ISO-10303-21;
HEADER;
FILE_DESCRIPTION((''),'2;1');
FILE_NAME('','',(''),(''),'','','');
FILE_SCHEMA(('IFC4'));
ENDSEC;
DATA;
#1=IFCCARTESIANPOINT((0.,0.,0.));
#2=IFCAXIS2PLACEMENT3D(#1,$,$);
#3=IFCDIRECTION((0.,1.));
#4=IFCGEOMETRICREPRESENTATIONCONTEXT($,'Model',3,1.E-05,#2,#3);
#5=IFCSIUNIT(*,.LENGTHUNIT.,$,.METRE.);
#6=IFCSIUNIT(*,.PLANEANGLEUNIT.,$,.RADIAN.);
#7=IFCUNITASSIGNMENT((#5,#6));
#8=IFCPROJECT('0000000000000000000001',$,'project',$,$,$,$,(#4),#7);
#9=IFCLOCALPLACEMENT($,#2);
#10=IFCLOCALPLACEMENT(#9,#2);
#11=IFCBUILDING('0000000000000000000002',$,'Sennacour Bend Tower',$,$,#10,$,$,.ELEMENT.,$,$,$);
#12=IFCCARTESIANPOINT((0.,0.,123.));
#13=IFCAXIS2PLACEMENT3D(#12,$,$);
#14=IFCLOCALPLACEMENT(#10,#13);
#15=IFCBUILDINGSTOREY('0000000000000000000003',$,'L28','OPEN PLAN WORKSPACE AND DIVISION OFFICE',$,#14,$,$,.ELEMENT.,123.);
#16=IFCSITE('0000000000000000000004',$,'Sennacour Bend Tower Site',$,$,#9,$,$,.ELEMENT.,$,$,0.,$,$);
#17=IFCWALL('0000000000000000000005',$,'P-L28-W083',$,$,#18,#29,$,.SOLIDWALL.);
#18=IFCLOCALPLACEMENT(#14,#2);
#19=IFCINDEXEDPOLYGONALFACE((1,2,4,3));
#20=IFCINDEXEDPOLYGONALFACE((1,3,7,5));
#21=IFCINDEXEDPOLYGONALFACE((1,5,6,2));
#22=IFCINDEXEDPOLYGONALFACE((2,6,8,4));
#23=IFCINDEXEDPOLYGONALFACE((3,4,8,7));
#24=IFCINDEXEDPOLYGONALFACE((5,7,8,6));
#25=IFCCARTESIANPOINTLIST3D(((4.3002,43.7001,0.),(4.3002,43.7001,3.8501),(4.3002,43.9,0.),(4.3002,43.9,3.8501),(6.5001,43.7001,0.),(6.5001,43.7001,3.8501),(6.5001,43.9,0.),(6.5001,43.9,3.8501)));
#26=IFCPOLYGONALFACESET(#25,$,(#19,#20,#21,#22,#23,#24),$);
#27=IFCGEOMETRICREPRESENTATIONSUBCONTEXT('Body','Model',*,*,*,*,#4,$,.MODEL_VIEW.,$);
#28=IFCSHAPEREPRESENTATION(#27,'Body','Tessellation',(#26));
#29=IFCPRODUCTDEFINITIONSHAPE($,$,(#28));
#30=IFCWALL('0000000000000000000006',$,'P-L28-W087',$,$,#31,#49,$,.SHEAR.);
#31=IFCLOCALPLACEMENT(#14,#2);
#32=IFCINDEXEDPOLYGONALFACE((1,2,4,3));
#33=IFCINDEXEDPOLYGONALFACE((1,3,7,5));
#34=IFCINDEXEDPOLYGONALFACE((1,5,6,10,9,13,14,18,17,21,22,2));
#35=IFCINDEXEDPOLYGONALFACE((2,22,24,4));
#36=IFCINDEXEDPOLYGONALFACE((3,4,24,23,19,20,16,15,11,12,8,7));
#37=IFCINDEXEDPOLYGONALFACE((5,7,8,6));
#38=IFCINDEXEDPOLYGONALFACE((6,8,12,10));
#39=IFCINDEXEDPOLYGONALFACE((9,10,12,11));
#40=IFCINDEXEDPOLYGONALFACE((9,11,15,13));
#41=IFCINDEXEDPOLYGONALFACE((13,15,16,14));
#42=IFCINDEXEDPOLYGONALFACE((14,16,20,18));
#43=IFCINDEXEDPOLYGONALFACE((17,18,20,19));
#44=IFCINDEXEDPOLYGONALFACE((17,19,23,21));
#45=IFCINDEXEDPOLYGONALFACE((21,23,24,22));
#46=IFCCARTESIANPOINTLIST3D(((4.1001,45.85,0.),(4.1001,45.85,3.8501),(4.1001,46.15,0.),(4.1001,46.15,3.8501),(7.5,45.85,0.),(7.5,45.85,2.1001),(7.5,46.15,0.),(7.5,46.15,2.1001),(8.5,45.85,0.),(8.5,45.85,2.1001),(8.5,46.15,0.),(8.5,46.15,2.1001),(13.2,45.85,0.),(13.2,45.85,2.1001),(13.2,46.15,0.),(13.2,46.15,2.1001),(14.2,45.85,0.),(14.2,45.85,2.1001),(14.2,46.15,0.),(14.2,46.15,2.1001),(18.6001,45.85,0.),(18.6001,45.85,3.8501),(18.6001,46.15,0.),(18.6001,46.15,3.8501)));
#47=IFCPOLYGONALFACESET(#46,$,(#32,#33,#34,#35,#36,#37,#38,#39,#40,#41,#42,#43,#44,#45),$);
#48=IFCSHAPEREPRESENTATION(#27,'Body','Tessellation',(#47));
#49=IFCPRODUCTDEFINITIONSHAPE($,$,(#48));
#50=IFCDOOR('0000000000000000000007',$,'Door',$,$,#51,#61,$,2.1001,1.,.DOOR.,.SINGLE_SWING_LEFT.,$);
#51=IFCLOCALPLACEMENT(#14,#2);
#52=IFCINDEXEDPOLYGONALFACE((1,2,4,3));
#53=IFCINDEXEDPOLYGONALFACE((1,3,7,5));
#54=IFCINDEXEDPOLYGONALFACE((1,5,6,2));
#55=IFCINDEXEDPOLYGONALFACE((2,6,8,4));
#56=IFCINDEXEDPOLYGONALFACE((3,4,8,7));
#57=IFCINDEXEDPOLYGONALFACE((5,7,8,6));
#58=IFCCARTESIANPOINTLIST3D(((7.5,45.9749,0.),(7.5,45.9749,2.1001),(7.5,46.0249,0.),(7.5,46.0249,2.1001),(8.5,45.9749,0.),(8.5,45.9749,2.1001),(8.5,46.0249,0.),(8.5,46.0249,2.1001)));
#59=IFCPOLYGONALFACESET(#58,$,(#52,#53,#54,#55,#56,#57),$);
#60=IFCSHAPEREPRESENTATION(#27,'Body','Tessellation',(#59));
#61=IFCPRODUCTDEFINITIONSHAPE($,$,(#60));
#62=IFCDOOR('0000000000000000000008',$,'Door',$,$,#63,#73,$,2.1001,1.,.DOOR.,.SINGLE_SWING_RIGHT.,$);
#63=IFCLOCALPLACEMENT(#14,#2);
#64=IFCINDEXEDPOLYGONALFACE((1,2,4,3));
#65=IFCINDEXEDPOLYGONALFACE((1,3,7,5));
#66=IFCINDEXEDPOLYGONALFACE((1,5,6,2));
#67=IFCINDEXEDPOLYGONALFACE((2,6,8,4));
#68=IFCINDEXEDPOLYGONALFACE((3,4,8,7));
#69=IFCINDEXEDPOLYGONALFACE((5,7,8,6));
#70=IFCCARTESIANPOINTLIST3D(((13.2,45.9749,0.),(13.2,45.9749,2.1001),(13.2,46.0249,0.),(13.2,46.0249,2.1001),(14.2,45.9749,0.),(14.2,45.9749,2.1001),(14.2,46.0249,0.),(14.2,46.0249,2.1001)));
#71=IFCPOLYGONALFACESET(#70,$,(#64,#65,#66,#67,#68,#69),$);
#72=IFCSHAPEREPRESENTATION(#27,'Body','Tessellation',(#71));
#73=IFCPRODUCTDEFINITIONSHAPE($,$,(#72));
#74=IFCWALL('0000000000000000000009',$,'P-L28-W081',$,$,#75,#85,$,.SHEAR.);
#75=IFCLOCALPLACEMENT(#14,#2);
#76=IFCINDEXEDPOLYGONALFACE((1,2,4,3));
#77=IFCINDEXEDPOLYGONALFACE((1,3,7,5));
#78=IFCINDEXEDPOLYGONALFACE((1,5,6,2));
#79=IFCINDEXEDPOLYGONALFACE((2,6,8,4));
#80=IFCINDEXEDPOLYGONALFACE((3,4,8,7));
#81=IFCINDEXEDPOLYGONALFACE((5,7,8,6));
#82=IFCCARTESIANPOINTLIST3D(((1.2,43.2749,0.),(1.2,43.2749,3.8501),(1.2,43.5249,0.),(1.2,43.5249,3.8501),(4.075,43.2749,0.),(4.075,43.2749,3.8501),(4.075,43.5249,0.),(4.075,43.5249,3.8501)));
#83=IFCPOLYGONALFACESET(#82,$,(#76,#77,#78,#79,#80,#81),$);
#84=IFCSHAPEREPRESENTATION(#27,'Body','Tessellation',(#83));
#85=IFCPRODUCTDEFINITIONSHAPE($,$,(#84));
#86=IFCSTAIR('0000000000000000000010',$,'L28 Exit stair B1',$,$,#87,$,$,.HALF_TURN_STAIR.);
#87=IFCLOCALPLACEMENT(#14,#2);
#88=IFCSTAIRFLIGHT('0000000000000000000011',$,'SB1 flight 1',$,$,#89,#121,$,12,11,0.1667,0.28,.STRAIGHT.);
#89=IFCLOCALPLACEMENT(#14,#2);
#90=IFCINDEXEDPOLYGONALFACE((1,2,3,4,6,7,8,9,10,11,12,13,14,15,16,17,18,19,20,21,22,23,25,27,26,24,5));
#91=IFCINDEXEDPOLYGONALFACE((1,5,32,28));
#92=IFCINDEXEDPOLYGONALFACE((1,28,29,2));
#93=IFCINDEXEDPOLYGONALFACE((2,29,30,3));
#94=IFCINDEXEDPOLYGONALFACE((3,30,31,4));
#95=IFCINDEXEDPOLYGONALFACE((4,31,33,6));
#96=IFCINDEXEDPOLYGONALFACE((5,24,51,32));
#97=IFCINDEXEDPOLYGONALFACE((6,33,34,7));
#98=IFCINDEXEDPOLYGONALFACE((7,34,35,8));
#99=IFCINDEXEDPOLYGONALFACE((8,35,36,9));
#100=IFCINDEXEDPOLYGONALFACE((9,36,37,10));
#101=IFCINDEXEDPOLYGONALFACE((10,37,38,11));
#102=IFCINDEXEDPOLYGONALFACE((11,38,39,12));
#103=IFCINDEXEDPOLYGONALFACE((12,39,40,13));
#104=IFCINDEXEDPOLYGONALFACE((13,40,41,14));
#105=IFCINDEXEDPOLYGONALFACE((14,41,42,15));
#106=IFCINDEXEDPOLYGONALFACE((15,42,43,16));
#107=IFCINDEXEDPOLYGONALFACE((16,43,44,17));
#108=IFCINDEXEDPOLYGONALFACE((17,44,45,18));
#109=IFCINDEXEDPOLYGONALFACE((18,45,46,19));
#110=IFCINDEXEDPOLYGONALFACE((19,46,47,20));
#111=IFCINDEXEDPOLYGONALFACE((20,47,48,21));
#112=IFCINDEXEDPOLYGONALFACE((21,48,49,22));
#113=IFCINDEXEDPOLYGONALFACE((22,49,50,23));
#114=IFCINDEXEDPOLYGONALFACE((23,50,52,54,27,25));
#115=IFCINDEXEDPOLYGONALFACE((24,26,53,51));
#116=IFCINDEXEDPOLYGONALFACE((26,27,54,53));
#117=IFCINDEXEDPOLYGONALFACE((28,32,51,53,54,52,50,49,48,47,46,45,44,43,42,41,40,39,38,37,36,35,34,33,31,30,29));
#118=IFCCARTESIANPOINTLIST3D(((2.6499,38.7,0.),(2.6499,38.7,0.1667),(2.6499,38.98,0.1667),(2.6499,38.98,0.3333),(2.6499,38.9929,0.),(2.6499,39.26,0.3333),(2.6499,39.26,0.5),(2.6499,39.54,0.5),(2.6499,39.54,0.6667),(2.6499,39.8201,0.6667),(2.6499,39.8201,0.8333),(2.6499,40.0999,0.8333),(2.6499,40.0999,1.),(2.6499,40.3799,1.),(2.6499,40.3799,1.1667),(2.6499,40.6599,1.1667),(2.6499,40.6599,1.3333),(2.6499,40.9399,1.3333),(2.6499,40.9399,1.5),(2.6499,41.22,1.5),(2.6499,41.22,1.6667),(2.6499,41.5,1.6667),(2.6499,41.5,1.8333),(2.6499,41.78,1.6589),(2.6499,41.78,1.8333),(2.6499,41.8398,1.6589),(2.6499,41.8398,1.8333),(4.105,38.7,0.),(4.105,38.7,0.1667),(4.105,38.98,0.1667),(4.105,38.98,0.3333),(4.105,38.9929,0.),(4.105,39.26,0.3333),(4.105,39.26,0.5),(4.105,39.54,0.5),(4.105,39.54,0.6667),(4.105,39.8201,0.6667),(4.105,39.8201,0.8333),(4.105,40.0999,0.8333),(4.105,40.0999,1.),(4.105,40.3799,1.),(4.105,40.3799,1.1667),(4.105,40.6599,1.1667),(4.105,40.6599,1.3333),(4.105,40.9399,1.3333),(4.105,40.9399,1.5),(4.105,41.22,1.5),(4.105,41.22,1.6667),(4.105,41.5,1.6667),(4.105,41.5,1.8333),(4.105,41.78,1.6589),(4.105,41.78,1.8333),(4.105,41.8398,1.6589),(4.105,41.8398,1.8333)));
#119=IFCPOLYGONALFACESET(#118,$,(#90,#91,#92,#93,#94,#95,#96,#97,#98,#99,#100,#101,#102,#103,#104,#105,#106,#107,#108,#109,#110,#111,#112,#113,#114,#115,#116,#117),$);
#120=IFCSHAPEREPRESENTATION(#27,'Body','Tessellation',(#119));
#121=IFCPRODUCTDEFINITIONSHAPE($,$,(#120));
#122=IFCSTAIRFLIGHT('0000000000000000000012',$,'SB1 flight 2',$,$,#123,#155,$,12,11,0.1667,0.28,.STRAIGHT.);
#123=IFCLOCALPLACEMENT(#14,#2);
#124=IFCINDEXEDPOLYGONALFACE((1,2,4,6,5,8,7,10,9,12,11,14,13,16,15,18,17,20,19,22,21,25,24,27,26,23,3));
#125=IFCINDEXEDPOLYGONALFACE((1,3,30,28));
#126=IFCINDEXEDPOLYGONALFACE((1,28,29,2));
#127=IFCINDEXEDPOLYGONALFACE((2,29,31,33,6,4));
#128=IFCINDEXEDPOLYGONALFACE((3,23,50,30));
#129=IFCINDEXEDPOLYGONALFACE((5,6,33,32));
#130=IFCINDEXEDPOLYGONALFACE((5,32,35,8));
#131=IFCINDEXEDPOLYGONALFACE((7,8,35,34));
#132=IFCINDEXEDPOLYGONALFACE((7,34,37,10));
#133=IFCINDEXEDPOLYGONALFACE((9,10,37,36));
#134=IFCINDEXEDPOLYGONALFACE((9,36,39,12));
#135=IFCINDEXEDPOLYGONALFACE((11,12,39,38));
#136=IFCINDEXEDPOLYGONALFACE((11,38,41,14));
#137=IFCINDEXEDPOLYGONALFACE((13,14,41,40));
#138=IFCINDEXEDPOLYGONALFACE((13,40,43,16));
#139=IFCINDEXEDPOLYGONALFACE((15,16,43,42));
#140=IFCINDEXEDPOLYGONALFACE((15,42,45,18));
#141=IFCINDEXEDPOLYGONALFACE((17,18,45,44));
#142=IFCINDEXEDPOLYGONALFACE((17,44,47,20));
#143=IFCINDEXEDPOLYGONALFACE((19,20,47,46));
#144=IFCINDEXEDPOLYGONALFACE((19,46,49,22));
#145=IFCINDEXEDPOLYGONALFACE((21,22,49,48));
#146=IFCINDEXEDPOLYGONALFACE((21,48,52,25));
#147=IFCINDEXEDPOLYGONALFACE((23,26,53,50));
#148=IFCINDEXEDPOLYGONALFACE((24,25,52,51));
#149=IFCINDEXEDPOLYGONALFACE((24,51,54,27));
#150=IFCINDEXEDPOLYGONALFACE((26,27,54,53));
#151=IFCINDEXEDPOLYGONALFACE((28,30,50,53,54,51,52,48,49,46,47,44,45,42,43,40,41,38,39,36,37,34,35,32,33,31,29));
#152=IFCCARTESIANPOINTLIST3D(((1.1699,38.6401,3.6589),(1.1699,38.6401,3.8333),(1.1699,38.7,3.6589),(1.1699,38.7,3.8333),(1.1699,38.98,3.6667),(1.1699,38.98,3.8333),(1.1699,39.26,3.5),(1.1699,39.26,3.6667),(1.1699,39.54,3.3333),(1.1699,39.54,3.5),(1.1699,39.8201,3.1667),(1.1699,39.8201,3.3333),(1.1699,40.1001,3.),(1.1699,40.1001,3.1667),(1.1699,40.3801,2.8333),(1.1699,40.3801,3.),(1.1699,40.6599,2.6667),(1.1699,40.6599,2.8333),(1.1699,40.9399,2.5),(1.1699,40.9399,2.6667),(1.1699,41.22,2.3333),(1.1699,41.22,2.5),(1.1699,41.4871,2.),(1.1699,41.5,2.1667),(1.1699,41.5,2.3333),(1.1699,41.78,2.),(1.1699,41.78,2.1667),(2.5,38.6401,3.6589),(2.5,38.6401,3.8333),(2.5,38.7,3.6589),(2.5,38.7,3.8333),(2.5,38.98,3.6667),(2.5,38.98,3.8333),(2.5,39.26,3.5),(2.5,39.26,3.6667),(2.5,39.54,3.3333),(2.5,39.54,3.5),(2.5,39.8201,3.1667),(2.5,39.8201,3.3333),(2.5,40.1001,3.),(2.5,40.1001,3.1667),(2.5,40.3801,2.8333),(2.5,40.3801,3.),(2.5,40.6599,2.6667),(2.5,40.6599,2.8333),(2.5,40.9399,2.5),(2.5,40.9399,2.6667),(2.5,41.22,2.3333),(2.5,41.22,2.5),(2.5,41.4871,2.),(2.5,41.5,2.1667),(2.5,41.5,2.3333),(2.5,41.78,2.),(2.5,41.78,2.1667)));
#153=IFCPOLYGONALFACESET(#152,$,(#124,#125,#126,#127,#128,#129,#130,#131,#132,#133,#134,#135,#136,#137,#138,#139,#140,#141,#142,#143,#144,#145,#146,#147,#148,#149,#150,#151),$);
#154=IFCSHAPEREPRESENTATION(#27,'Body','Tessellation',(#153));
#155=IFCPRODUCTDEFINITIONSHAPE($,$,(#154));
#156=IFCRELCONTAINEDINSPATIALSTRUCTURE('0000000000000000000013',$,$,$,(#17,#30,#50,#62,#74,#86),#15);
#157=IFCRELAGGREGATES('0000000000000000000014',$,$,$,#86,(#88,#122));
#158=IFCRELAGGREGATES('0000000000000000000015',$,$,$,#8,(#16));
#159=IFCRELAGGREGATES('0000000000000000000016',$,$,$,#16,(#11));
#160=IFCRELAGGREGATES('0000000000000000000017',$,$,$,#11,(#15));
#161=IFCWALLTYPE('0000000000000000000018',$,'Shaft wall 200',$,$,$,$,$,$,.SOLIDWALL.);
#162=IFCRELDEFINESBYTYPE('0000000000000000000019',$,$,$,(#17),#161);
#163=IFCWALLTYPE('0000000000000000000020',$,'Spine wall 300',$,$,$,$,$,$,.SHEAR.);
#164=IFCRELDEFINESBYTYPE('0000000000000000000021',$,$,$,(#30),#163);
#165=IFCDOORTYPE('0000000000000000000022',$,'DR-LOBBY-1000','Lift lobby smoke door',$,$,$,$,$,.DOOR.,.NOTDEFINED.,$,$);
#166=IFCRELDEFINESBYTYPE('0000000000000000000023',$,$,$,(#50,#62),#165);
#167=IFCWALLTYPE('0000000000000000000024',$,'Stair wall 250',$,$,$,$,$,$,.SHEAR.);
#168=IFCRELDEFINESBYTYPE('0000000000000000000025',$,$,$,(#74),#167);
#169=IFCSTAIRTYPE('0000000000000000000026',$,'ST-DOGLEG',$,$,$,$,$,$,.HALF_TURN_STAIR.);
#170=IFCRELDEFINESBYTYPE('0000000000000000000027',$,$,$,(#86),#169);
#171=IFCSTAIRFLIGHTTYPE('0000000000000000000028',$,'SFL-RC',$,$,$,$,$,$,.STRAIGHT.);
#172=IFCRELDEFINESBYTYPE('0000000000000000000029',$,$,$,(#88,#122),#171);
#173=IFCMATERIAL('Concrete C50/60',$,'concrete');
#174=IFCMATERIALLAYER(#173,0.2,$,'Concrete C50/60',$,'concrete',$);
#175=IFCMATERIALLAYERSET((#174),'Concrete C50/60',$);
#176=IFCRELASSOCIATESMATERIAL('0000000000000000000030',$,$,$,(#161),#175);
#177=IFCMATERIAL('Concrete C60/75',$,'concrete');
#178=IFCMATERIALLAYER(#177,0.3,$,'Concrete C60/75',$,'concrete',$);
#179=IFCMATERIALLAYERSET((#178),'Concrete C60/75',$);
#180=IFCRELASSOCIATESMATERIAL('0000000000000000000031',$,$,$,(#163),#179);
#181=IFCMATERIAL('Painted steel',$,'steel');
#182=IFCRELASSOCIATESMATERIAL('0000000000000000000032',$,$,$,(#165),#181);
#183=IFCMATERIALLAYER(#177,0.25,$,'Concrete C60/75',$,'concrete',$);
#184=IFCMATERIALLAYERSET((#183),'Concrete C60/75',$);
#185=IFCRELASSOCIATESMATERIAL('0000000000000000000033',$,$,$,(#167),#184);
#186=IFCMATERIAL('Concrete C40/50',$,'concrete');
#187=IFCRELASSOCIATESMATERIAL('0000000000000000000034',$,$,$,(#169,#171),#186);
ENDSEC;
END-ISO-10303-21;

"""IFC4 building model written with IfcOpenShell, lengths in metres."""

from ifc_helpers import new_model, si_unit, direction, frame, frame_2d, origin, place, context, subcontext, project, spatial, polyline, rectangle, outline, extrude, material, layer, layer_set, type_object, element, fill, aggregate, save


model = new_model("IFC4")

# Units and contexts
model_context = context("Model", 3, precision=1e-05, world=origin(), true_north=direction((0.0, 1.0)))
body_context = subcontext(model_context, "Body", "Model", "MODEL_VIEW")
ifc_project = project(units=[si_unit("LENGTHUNIT", "METRE"), si_unit("PLANEANGLEUNIT", "RADIAN")], contexts=[model_context])

# Site, building, storey
site_placement = place(None, origin())
site = spatial("IfcSite", under=ifc_project, at=site_placement, Name="Sennacour Bend Tower Site", CompositionType="ELEMENT", RefElevation=0.0)
building_placement = place(site_placement, origin())
building = spatial("IfcBuilding", under=site, at=building_placement, Name="Sennacour Bend Tower", CompositionType="ELEMENT")
storey_placement = place(building_placement, frame((0.0, 0.0, 123.0)))
storey = spatial("IfcBuildingStorey", under=building, at=storey_placement, Name="L28", Description="OPEN PLAN WORKSPACE AND DIVISION OFFICE", CompositionType="ELEMENT", Elevation=123.0)

# Shared definitions
ifc_material_1 = material(Name="Painted steel", Category="steel")

# Wall
ifc_material_2 = material(Name="Concrete C50/60", Category="concrete")
ifc_layer_1 = layer(ifc_material_2, 0.2, Name="Concrete C50/60", Category="concrete")
ifc_layer_set_1 = layer_set([ifc_layer_1], Name="Concrete C50/60")
wall_type_1 = type_object("IfcWallType", Name="Shaft wall 200", PredefinedType="SOLIDWALL", material=ifc_layer_set_1)
wall_1_placement = place(storey_placement, frame((4.3, 43.8, 0.0), z_axis=(0.0, 0.0, 1.0), x_axis=(1.0, 0.0, 0.0)))
element("IfcWall", 1, at=wall_1_placement, inside=storey, type_object=wall_type_1, Name="P-L28-W083", PredefinedType="SOLIDWALL", context=body_context, shape_type="SweptSolid", body=[
    extrude(rectangle(XDim=2.2, YDim=0.2, at=frame_2d((1.1001, 0.0))), origin(), (0.0, 0.0, 1.0), 3.8501),
])

# Wall, openings, doors
ifc_material_3 = material(Name="Concrete C60/75", Category="concrete")
ifc_layer_2 = layer(ifc_material_3, 0.3, Name="Concrete C60/75", Category="concrete")
ifc_layer_set_2 = layer_set([ifc_layer_2], Name="Concrete C60/75")
wall_type_2 = type_object("IfcWallType", Name="Spine wall 300", PredefinedType="SHEAR", material=ifc_layer_set_2)
wall_2_placement = place(storey_placement, frame((4.1001, 46.0, 0.0), z_axis=(0.0, 0.0, 1.0), x_axis=(1.0, 0.0, 0.0)))
wall_2 = element("IfcWall", 2, at=wall_2_placement, inside=storey, type_object=wall_type_2, Name="P-L28-W087", PredefinedType="SHEAR", context=body_context, shape_type="SweptSolid", body=[
    extrude(rectangle(XDim=14.5, YDim=0.3, at=frame_2d((7.25, 0.0))), origin(), (0.0, 0.0, 1.0), 3.8501),
])
opening_1_placement = place(wall_2_placement, frame((3.3999, 0.0, 0.0)))
opening_1 = element("IfcOpeningElement", 3, at=opening_1_placement, cuts=wall_2, PredefinedType="OPENING", context=body_context, shape_type="SweptSolid", body=[
    extrude(rectangle(XDim=1.0, YDim=2.1001, at=frame_2d((0.5, 1.05))), frame((0.0, 0.1602, 0.0), z_axis=(0.0, -1.0, 0.0), x_axis=(1.0, 0.0, 0.0)), (0.0, 0.0, 1.0), 0.3201),
])
opening_2_placement = place(wall_2_placement, frame((9.0999, 0.0, 0.0)))
opening_2 = element("IfcOpeningElement", 4, at=opening_2_placement, cuts=wall_2, PredefinedType="OPENING", context=body_context, shape_type="SweptSolid", body=[
    extrude(rectangle(XDim=1.0, YDim=2.1001, at=frame_2d((0.5, 1.05))), frame((0.0, 0.1602, 0.0), z_axis=(0.0, -1.0, 0.0), x_axis=(1.0, 0.0, 0.0)), (0.0, 0.0, 1.0), 0.3201),
])
door_type_1 = type_object("IfcDoorType", Name="DR-LOBBY-1000", Description="Lift lobby smoke door", OperationType="NOTDEFINED", PredefinedType="DOOR", material=ifc_material_1)
door_1_placement = place(opening_1_placement, origin())
door_1 = element("IfcDoor", 5, at=door_1_placement, inside=storey, type_object=door_type_1, Name="Door", OperationType="SINGLE_SWING_LEFT", OverallHeight=2.1001, OverallWidth=1.0, PredefinedType="DOOR", context=body_context, shape_type="SweptSolid", body=[
    extrude(rectangle(XDim=1.0, YDim=2.1001, at=frame_2d((0.5, 1.05))), frame((0.0, 0.0249, 0.0), z_axis=(0.0, -1.0, 0.0), x_axis=(1.0, 0.0, 0.0)), (0.0, 0.0, 1.0), 0.05),
])
fill(opening_1, door_1)
door_2_placement = place(opening_2_placement, origin())
door_2 = element("IfcDoor", 6, at=door_2_placement, inside=storey, type_object=door_type_1, Name="Door", OperationType="SINGLE_SWING_RIGHT", OverallHeight=2.1001, OverallWidth=1.0, PredefinedType="DOOR", context=body_context, shape_type="SweptSolid", body=[
    extrude(rectangle(XDim=1.0, YDim=2.1001, at=frame_2d((0.5, 1.05))), frame((0.0, 0.0249, 0.0), z_axis=(0.0, -1.0, 0.0), x_axis=(1.0, 0.0, 0.0)), (0.0, 0.0, 1.0), 0.05),
])
fill(opening_2, door_2)

# Wall
ifc_layer_3 = layer(ifc_material_3, 0.25, Name="Concrete C60/75", Category="concrete")
ifc_layer_set_3 = layer_set([ifc_layer_3], Name="Concrete C60/75")
wall_type_3 = type_object("IfcWallType", Name="Stair wall 250", PredefinedType="SHEAR", material=ifc_layer_set_3)
wall_3_placement = place(storey_placement, frame((1.2, 43.3999, 0.0), z_axis=(0.0, 0.0, 1.0), x_axis=(1.0, 0.0, 0.0)))
element("IfcWall", 7, at=wall_3_placement, inside=storey, type_object=wall_type_3, Name="P-L28-W081", PredefinedType="SHEAR", context=body_context, shape_type="SweptSolid", body=[
    extrude(rectangle(XDim=2.875, YDim=0.25, at=frame_2d((1.4375, 0.0))), origin(), (0.0, 0.0, 1.0), 3.8501),
])

# Stair, stair flights
ifc_material_4 = material(Name="Concrete C40/50", Category="concrete")
stair_type = type_object("IfcStairType", Name="ST-DOGLEG", PredefinedType="HALF_TURN_STAIR", material=ifc_material_4)
stair_placement = place(storey_placement, origin())
stair = element("IfcStair", 8, at=stair_placement, inside=storey, type_object=stair_type, Name="L28 Exit stair B1", PredefinedType="HALF_TURN_STAIR")
stair_flight_type = type_object("IfcStairFlightType", Name="SFL-RC", PredefinedType="STRAIGHT", material=ifc_material_4)
stair_flight_1_placement = place(storey_placement, frame((3.3774, 38.7, 0.0), z_axis=(0.0, 0.0, 1.0), x_axis=(0.0, 1.0, 0.0)))
stair_flight_1 = element("IfcStairFlight", 9, at=stair_flight_1_placement, type_object=stair_flight_type, Name="SB1 flight 1", NumberOfRisers=12, NumberOfTreads=11, PredefinedType="STRAIGHT", RiserHeight=0.1667, TreadLength=0.28, context=body_context, shape_type="SweptSolid", body=[
    extrude(outline(polyline([(0.0, 0.0), (0.0, 0.1667), (0.28, 0.1667), (0.28, 0.3333), (0.5601, 0.3333), (0.5601, 0.5), (0.8401, 0.5), (0.8401, 0.6667), (1.1201, 0.6667), (1.1201, 0.8333), (1.3999, 0.8333), (1.3999, 1.0), (1.6799, 1.0), (1.6799, 1.1667), (1.96, 1.1667), (1.96, 1.3333), (2.24, 1.3333), (2.24, 1.5), (2.52, 1.5), (2.52, 1.6667), (2.8, 1.6667), (2.8, 1.8333), (3.0801, 1.8333), (3.1399, 1.8333), (3.1399, 1.6589), (3.0801, 1.6589), (0.293, 0.0), (0.0, 0.0)])), frame((0.0, 0.7275, 0.0), z_axis=(0.0, -1.0, 0.0), x_axis=(1.0, 0.0, 0.0)), (0.0, 0.0, 1.0), 1.4551),
])
stair_flight_2_placement = place(storey_placement, frame((1.835, 41.78, 2.0), z_axis=(0.0, 0.0, 1.0), x_axis=(0.0, -1.0, 0.0)))
stair_flight_2 = element("IfcStairFlight", 10, at=stair_flight_2_placement, type_object=stair_flight_type, Name="SB1 flight 2", NumberOfRisers=12, NumberOfTreads=11, PredefinedType="STRAIGHT", RiserHeight=0.1667, TreadLength=0.28, context=body_context, shape_type="SweptSolid", body=[
    extrude(outline(polyline([(0.0, 0.0), (0.0, 0.1667), (0.28, 0.1667), (0.28, 0.3333), (0.5601, 0.3333), (0.5601, 0.5), (0.8401, 0.5), (0.8401, 0.6667), (1.1201, 0.6667), (1.1201, 0.8333), (1.3999, 0.8333), (1.3999, 1.0), (1.6799, 1.0), (1.6799, 1.1667), (1.96, 1.1667), (1.96, 1.3333), (2.24, 1.3333), (2.24, 1.5), (2.52, 1.5), (2.52, 1.6667), (2.8, 1.6667), (2.8, 1.8333), (3.0801, 1.8333), (3.1399, 1.8333), (3.1399, 1.6589), (3.0801, 1.6589), (0.293, 0.0), (0.0, 0.0)])), frame((0.0, 0.665, 0.0), z_axis=(0.0, -1.0, 0.0), x_axis=(1.0, 0.0, 0.0)), (0.0, 0.0, 1.0), 1.3301),
])
aggregate(stair, [stair_flight_1, stair_flight_2])

save(model, "model.ifc")
